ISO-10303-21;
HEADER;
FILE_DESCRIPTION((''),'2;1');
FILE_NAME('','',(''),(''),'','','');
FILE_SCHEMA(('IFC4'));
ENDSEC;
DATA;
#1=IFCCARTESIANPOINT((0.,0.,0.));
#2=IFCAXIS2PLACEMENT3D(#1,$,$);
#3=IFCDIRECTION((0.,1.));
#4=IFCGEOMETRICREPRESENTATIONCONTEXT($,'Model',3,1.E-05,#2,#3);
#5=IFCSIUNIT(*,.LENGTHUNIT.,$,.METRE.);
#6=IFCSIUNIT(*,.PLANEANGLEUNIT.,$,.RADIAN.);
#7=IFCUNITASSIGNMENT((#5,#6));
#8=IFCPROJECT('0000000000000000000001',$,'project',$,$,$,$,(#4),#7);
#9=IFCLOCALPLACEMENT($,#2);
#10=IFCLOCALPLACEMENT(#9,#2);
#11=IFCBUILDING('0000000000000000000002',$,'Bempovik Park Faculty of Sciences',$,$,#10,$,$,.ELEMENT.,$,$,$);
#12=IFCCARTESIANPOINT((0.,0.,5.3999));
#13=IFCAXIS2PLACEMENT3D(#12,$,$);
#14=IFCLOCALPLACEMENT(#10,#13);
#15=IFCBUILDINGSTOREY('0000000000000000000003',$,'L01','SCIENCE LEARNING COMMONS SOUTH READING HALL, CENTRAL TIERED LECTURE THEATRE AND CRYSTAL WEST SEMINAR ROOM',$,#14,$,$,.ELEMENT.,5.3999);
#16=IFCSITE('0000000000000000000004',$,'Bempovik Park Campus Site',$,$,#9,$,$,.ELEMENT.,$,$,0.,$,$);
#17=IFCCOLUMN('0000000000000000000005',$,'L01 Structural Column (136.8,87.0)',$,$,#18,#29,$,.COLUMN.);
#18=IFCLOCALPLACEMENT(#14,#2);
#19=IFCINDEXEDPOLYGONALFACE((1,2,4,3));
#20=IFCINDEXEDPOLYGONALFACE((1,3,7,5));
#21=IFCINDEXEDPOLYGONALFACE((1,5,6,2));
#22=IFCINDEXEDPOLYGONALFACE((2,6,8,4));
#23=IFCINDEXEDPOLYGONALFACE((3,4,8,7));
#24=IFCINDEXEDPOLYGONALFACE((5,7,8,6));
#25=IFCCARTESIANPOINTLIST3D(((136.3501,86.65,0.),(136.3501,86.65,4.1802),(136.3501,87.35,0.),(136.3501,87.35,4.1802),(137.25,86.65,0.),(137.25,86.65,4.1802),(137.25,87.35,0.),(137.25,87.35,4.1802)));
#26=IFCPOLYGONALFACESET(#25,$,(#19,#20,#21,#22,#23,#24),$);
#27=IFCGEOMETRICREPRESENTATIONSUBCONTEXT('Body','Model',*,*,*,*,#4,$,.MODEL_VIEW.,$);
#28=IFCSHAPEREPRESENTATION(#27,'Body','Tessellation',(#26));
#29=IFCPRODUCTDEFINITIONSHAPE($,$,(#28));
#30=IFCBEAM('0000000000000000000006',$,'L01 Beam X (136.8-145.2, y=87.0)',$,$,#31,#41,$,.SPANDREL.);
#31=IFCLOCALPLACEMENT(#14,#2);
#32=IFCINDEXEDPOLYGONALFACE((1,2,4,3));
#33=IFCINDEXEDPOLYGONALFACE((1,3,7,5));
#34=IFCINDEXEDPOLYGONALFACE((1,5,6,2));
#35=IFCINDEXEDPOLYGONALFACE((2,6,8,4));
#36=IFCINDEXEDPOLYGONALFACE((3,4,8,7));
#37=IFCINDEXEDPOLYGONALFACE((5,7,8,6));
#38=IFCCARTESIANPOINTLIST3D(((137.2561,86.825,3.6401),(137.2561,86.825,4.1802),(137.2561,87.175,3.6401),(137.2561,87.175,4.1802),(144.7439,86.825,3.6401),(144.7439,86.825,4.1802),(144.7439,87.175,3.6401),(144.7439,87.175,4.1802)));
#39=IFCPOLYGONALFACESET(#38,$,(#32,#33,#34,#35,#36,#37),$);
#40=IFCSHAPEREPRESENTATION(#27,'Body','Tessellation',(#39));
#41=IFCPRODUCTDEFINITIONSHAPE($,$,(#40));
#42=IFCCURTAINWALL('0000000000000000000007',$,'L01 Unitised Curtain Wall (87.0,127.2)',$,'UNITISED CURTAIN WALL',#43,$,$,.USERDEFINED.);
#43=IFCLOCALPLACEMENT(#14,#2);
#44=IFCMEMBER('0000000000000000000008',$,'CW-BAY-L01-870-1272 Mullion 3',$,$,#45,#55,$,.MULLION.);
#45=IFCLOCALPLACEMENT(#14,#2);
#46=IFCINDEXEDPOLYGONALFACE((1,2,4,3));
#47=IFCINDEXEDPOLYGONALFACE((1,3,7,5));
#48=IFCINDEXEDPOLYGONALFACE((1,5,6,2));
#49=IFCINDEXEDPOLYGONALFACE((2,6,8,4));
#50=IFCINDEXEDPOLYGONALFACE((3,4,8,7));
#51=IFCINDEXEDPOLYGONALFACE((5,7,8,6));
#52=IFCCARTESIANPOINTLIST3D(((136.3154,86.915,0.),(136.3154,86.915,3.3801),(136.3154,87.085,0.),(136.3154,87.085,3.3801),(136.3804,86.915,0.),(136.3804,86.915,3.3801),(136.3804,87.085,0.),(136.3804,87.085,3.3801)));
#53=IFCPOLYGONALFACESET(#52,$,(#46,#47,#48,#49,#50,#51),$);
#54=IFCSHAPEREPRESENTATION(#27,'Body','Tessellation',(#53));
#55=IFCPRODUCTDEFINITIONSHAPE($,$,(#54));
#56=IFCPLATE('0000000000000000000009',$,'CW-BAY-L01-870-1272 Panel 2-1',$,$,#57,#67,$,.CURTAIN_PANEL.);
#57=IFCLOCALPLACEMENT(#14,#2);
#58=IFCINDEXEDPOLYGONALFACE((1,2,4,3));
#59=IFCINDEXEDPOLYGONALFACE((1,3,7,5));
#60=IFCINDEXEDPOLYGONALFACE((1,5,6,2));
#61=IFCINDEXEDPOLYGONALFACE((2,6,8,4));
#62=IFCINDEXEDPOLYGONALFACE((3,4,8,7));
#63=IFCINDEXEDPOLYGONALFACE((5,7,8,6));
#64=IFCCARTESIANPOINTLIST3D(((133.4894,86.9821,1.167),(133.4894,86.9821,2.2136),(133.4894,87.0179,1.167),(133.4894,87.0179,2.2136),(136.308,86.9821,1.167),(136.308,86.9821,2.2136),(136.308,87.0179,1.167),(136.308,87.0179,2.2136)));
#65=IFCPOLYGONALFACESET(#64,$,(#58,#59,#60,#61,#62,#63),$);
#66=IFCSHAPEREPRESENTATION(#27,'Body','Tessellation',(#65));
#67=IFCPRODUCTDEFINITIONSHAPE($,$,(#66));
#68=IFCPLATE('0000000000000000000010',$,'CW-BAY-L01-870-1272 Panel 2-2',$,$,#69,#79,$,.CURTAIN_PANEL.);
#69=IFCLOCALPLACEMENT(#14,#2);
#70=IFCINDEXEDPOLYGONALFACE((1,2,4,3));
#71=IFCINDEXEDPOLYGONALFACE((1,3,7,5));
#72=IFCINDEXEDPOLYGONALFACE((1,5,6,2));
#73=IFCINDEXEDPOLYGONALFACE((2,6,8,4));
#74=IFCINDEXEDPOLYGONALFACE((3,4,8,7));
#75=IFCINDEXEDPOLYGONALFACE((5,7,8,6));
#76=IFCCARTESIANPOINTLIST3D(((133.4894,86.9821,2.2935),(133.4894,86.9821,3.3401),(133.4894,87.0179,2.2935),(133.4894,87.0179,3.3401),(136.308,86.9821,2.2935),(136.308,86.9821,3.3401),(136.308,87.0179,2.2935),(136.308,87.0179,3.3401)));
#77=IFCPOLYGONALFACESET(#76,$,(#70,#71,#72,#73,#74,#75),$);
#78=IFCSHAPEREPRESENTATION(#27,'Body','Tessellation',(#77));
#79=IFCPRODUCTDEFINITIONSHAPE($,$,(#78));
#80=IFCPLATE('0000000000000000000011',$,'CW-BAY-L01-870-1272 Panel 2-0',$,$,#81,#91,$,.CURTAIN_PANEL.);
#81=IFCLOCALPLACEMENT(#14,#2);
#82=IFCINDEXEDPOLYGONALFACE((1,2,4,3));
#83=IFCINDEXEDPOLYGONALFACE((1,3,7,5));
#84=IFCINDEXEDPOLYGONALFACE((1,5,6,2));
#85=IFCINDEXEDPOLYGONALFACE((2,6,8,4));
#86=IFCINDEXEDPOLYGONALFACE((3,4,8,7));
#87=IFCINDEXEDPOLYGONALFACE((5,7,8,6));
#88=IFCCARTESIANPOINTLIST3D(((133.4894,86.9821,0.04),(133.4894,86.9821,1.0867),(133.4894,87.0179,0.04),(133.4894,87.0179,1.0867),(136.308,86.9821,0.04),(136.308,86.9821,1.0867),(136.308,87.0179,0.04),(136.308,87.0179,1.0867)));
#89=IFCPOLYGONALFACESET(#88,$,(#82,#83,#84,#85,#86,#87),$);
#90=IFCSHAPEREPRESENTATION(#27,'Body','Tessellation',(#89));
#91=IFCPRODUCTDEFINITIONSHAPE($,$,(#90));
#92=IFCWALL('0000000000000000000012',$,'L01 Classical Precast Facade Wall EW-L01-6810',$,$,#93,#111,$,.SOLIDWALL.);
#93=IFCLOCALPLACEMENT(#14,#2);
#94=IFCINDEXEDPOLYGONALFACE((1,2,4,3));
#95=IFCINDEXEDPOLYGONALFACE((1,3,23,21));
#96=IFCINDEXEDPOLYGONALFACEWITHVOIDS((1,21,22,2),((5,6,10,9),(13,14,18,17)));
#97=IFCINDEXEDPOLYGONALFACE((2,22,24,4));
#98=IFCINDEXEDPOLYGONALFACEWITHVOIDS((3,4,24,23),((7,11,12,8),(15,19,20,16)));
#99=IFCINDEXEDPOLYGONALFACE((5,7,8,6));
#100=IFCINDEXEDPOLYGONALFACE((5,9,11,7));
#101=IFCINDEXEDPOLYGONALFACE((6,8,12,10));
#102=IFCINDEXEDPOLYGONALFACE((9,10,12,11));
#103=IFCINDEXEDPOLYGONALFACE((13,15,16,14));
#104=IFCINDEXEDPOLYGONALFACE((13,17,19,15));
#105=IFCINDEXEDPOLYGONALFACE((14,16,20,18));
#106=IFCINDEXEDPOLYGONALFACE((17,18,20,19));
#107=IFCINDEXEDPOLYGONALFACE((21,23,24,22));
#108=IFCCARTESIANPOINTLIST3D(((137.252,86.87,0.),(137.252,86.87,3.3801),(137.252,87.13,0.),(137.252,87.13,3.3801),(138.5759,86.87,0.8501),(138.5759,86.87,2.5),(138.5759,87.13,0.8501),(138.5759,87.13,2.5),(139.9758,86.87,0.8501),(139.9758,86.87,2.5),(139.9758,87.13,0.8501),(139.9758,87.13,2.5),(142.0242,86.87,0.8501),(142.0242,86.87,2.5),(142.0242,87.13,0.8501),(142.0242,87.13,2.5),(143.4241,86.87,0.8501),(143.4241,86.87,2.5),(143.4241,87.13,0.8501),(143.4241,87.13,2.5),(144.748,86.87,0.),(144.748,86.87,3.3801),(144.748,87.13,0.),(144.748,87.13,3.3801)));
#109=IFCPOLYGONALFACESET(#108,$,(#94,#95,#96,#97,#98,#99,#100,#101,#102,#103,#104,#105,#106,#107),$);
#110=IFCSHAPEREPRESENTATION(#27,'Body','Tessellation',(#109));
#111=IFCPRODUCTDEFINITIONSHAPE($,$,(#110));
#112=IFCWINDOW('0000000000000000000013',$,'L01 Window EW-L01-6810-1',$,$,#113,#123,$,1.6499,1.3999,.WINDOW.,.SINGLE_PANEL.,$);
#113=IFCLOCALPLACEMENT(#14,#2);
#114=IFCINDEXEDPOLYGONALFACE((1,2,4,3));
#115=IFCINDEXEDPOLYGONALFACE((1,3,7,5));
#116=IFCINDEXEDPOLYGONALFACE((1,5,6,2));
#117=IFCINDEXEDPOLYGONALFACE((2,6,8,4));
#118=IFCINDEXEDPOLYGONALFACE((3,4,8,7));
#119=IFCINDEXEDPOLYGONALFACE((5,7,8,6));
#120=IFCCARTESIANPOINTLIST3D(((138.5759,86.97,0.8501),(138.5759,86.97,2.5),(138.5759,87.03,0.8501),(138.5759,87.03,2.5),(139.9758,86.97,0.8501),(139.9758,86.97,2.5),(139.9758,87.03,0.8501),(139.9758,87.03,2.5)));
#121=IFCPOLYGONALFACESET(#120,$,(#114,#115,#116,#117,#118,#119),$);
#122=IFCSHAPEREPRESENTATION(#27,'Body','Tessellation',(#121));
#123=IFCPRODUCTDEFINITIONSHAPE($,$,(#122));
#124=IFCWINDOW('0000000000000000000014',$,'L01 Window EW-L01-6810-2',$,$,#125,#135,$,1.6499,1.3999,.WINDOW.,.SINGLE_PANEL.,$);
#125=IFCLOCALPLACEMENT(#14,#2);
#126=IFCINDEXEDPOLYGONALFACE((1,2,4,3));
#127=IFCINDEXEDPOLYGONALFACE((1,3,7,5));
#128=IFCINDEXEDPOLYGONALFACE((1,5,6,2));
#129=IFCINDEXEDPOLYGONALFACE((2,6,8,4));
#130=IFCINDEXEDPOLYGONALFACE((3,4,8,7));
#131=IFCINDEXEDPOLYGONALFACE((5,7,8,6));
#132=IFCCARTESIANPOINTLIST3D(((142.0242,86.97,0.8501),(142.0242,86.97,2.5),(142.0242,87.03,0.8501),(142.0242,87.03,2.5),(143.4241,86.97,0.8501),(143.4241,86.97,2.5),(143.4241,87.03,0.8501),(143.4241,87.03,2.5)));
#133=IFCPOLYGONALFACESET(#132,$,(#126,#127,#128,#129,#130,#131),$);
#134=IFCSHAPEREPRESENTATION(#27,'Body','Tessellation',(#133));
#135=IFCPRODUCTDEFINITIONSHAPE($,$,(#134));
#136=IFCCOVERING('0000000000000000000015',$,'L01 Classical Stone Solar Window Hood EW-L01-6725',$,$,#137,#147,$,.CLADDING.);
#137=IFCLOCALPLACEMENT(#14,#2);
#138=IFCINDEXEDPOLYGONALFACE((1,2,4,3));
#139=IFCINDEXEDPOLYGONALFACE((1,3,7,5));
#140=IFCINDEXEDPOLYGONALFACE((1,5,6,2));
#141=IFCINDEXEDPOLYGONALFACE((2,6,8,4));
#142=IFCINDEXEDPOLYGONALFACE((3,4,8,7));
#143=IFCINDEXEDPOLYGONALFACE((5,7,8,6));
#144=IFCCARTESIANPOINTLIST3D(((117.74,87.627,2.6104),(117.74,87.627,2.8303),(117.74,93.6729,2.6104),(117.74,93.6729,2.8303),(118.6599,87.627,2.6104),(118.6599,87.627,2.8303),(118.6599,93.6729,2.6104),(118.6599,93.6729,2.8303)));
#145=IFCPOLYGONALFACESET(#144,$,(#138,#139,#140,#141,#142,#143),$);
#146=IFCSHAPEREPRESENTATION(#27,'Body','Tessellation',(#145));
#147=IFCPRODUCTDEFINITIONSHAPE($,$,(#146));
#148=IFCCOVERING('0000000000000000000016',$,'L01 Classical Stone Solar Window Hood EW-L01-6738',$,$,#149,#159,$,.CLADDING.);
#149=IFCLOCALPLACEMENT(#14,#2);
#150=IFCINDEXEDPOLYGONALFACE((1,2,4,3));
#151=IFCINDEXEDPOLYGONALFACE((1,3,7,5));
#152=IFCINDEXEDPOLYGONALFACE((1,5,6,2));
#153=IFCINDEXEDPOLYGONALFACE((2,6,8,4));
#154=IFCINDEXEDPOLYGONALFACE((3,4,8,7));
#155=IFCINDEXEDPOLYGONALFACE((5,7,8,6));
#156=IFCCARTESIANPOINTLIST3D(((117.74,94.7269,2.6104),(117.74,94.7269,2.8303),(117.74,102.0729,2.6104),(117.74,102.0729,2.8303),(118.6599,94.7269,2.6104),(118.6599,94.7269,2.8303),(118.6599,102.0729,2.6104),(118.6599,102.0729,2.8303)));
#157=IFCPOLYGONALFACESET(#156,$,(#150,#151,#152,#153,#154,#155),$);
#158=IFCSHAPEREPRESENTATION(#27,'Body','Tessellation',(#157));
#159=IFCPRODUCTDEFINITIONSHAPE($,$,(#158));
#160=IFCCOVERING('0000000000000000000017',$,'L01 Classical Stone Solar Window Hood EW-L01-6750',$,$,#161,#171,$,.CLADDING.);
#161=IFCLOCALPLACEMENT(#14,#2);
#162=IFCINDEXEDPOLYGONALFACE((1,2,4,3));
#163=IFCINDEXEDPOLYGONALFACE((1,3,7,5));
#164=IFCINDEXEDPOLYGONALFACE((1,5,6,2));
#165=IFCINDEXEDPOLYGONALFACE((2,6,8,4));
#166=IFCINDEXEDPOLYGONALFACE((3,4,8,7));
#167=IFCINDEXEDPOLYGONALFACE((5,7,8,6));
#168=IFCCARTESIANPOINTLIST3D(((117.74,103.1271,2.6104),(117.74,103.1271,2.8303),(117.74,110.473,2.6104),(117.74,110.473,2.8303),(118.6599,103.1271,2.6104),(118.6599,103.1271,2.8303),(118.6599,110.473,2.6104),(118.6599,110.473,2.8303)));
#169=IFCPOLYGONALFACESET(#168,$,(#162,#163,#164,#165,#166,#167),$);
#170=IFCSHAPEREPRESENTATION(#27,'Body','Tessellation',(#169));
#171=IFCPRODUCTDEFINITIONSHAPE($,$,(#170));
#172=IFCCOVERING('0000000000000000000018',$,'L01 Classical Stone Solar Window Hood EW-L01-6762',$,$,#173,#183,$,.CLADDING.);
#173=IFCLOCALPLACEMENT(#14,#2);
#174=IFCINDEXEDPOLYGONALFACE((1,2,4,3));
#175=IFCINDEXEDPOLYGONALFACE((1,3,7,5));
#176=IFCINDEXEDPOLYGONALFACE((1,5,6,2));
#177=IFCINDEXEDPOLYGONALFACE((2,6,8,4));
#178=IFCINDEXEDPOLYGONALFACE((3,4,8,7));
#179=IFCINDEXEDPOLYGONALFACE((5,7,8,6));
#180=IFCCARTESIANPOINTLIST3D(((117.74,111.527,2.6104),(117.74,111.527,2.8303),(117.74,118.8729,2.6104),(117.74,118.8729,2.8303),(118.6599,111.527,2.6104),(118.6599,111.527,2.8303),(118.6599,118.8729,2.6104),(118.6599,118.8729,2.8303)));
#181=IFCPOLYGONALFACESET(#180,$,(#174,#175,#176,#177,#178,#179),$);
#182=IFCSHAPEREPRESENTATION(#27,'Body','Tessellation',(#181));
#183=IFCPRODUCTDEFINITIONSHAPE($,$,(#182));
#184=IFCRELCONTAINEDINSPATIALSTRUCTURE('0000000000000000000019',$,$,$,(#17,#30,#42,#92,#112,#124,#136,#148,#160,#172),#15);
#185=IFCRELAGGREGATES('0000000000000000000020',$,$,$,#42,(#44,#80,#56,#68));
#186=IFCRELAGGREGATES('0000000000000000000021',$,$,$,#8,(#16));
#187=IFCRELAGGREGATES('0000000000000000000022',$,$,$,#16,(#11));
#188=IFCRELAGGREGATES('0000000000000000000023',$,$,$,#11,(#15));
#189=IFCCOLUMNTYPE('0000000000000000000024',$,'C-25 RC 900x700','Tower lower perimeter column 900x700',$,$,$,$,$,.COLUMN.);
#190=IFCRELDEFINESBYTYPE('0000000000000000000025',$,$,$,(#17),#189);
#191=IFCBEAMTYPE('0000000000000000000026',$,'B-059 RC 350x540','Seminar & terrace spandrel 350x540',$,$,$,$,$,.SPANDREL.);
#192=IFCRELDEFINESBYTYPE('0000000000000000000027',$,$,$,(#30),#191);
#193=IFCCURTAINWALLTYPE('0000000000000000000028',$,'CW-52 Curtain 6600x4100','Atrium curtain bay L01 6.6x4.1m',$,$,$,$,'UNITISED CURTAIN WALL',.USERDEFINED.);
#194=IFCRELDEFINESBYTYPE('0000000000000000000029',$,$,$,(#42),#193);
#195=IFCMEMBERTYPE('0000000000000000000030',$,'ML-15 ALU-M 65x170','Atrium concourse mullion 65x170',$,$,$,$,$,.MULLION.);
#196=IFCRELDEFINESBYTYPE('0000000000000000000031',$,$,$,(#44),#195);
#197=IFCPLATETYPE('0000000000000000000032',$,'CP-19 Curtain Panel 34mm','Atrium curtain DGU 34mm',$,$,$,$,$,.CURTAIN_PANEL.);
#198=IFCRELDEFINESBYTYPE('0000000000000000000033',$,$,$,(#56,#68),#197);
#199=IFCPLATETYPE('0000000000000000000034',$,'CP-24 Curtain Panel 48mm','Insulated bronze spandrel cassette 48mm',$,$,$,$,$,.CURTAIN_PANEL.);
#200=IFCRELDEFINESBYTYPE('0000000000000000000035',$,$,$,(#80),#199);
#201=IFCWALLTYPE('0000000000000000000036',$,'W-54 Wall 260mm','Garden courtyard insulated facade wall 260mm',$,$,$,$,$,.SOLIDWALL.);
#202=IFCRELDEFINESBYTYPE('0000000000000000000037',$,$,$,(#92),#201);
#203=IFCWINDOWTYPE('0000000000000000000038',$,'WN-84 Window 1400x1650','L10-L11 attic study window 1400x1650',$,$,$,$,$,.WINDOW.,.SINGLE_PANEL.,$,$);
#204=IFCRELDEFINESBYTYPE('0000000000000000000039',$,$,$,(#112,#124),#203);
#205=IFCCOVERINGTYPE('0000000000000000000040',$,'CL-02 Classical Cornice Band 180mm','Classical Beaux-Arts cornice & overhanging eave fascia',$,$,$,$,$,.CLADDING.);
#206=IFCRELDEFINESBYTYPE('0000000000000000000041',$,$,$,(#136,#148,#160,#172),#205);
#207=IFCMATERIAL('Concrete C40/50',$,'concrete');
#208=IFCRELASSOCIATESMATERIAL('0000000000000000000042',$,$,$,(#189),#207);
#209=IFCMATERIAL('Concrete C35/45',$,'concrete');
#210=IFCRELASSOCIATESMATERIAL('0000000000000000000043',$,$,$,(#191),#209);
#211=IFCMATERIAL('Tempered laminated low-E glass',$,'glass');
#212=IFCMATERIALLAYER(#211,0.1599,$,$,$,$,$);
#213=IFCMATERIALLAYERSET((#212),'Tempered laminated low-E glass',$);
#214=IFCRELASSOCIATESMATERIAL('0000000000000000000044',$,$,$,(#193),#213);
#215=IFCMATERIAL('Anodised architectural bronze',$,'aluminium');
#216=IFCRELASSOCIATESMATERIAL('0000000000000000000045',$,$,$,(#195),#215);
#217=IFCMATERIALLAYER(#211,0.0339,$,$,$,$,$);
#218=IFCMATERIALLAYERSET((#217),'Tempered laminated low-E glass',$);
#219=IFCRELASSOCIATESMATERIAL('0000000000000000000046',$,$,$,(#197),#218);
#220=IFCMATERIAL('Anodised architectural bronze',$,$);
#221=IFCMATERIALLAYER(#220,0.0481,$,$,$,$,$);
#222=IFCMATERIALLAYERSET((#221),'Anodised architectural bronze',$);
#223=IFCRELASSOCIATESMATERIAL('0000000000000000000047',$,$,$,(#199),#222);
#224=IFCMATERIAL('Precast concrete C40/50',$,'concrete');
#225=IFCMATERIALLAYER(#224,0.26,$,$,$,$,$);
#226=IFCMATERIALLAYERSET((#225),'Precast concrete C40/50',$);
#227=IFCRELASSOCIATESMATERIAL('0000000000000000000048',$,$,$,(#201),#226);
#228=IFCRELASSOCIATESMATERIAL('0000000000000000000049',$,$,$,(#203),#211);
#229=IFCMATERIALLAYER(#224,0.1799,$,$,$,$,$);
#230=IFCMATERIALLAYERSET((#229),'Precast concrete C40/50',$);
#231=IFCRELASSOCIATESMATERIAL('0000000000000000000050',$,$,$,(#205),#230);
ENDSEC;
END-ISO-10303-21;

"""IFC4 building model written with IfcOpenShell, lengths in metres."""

from ifc_helpers import new_model, si_unit, direction, frame, frame_2d, origin, origin_2d, place, context, subcontext, project, spatial, rectangle, extrude, material, layer, layer_set, material_profile, profile_set, type_object, element, fill, aggregate, save


model = new_model("IFC4")

# Units and contexts
model_context = context("Model", 3, precision=1e-05, world=origin(), true_north=direction((0.0, 1.0)))
body_context = subcontext(model_context, "Body", "Model", "MODEL_VIEW")
ifc_project = project(units=[si_unit("LENGTHUNIT", "METRE"), si_unit("PLANEANGLEUNIT", "RADIAN")], contexts=[model_context])

# Site, building, storey
site_placement = place(None, origin())
site = spatial("IfcSite", under=ifc_project, at=site_placement, Name="Bempovik Park Campus Site", CompositionType="ELEMENT", RefElevation=0.0)
building_placement = place(site_placement, origin())
building = spatial("IfcBuilding", under=site, at=building_placement, Name="Bempovik Park Faculty of Sciences", CompositionType="ELEMENT")
storey_placement = place(building_placement, frame((0.0, 0.0, 5.3999)))
storey = spatial("IfcBuildingStorey", under=building, at=storey_placement, Name="L01", Description="SCIENCE LEARNING COMMONS SOUTH READING HALL, CENTRAL TIERED LECTURE THEATRE AND CRYSTAL WEST SEMINAR ROOM", CompositionType="ELEMENT", Elevation=5.3999)

# Column
ifc_material_1 = material(Name="Concrete C40/50", Category="concrete")
ifc_material_profile_1 = material_profile(ifc_material_1, rectangle(XDim=0.8999, YDim=0.7, at=origin_2d()), Name="RC 900x700")
ifc_profile_set_1 = profile_set([ifc_material_profile_1], Name="Concrete C40/50")
column_type = type_object("IfcColumnType", Name="C-25 RC 900x700", Description="Tower lower perimeter column 900x700", PredefinedType="COLUMN", material=ifc_profile_set_1)
column_placement = place(storey_placement, frame((136.8, 87.0, 0.0), z_axis=(0.0, 0.0, 1.0), x_axis=(1.0, 0.0, 0.0)))
element("IfcColumn", 1, at=column_placement, inside=storey, type_object=column_type, Name="L01 Structural Column (136.8,87.0)", PredefinedType="COLUMN", context=body_context, shape_type="SweptSolid", body=[
    extrude(rectangle(XDim=0.8999, YDim=0.7, at=origin_2d()), origin(), (0.0, 0.0, 1.0), 4.1802),
])

# Beam
ifc_material_2 = material(Name="Concrete C35/45", Category="concrete")
ifc_material_profile_2 = material_profile(ifc_material_2, rectangle(XDim=0.3501, YDim=0.54, at=origin_2d()), Name="RC 350x540")
ifc_profile_set_2 = profile_set([ifc_material_profile_2], Name="Concrete C35/45")
beam_type = type_object("IfcBeamType", Name="B-059 RC 350x540", Description="Seminar & terrace spandrel 350x540", PredefinedType="SPANDREL", material=ifc_profile_set_2)
beam_placement = place(storey_placement, frame((137.2561, 87.0, 3.9102), z_axis=(1.0, 0.0, 0.0), x_axis=(0.0, 1.0, 0.0)))
element("IfcBeam", 2, at=beam_placement, inside=storey, type_object=beam_type, Name="L01 Beam X (136.8-145.2, y=87.0)", PredefinedType="SPANDREL", context=body_context, shape_type="SweptSolid", body=[
    extrude(rectangle(XDim=0.3501, YDim=0.54, at=origin_2d()), origin(), (0.0, 0.0, 1.0), 7.4878),
])

# Curtain wall, member, plates
ifc_material_3 = material(Name="Tempered laminated low-E glass", Category="glass")
ifc_layer_1 = layer(ifc_material_3, 0.1599)
ifc_layer_set_1 = layer_set([ifc_layer_1], Name="Tempered laminated low-E glass")
curtain_wall_type = type_object("IfcCurtainWallType", Name="CW-52 Curtain 6600x4100", Description="Atrium curtain bay L01 6.6x4.1m", ElementType="UNITISED CURTAIN WALL", PredefinedType="USERDEFINED", material=ifc_layer_set_1)
curtain_wall_placement = place(storey_placement, origin())
curtain_wall = element("IfcCurtainWall", 3, at=curtain_wall_placement, inside=storey, type_object=curtain_wall_type, Name="L01 Unitised Curtain Wall (87.0,127.2)", ObjectType="UNITISED CURTAIN WALL", PredefinedType="USERDEFINED")
ifc_material_4 = material(Name="Anodised architectural bronze", Category="aluminium")
ifc_material_profile_3 = material_profile(ifc_material_4, rectangle(XDim=0.0649, YDim=0.1699, at=origin_2d()), Name="ALU-M 65x170")
ifc_profile_set_3 = profile_set([ifc_material_profile_3], Name="Anodised architectural bronze")
member_type = type_object("IfcMemberType", Name="ML-15 ALU-M 65x170", Description="Atrium concourse mullion 65x170", PredefinedType="MULLION", material=ifc_profile_set_3)
member_placement = place(storey_placement, frame((136.3479, 87.0, 0.0), z_axis=(0.0, 0.0, 1.0), x_axis=(1.0, 0.0, 0.0)))
member = element("IfcMember", 4, at=member_placement, type_object=member_type, Name="CW-BAY-L01-870-1272 Mullion 3", PredefinedType="MULLION", context=body_context, shape_type="SweptSolid", body=[
    extrude(rectangle(XDim=0.0649, YDim=0.1699, at=origin_2d()), origin(), (0.0, 0.0, 1.0), 3.3801),
])
ifc_layer_2 = layer(ifc_material_3, 0.0339)
ifc_layer_set_2 = layer_set([ifc_layer_2], Name="Tempered laminated low-E glass")
plate_type_1 = type_object("IfcPlateType", Name="CP-19 Curtain Panel 34mm", Description="Atrium curtain DGU 34mm", PredefinedType="CURTAIN_PANEL", material=ifc_layer_set_2)
plate_1_placement = place(storey_placement, frame((134.8987, 87.0, 1.167), z_axis=(0.0, 0.0, 1.0), x_axis=(1.0, 0.0, 0.0)))
plate_1 = element("IfcPlate", 5, at=plate_1_placement, type_object=plate_type_1, Name="CW-BAY-L01-870-1272 Panel 2-1", PredefinedType="CURTAIN_PANEL", context=body_context, shape_type="SweptSolid", body=[
    extrude(rectangle(XDim=2.8186, YDim=0.0359, at=origin_2d()), origin(), (0.0, 0.0, 1.0), 1.0466),
])
plate_2_placement = place(storey_placement, frame((134.8987, 87.0, 2.2935), z_axis=(0.0, 0.0, 1.0), x_axis=(1.0, 0.0, 0.0)))
plate_2 = element("IfcPlate", 6, at=plate_2_placement, type_object=plate_type_1, Name="CW-BAY-L01-870-1272 Panel 2-2", PredefinedType="CURTAIN_PANEL", context=body_context, shape_type="SweptSolid", body=[
    extrude(rectangle(XDim=2.8186, YDim=0.0359, at=origin_2d()), origin(), (0.0, 0.0, 1.0), 1.0466),
])
ifc_material_5 = material(Name="Anodised architectural bronze")
ifc_layer_3 = layer(ifc_material_5, 0.0481)
ifc_layer_set_3 = layer_set([ifc_layer_3], Name="Anodised architectural bronze")
plate_type_2 = type_object("IfcPlateType", Name="CP-24 Curtain Panel 48mm", Description="Insulated bronze spandrel cassette 48mm", PredefinedType="CURTAIN_PANEL", material=ifc_layer_set_3)
plate_3_placement = place(storey_placement, frame((134.8987, 87.0, 0.04), z_axis=(0.0, 0.0, 1.0), x_axis=(1.0, 0.0, 0.0)))
plate_3 = element("IfcPlate", 7, at=plate_3_placement, type_object=plate_type_2, Name="CW-BAY-L01-870-1272 Panel 2-0", PredefinedType="CURTAIN_PANEL", context=body_context, shape_type="SweptSolid", body=[
    extrude(rectangle(XDim=2.8186, YDim=0.0359, at=origin_2d()), origin(), (0.0, 0.0, 1.0), 1.0466),
])
aggregate(curtain_wall, [member, plate_3, plate_1, plate_2])

# Wall, openings, windows
ifc_material_6 = material(Name="Precast concrete C40/50", Category="concrete")
ifc_layer_4 = layer(ifc_material_6, 0.26)
ifc_layer_set_4 = layer_set([ifc_layer_4], Name="Precast concrete C40/50")
wall_type = type_object("IfcWallType", Name="W-54 Wall 260mm", Description="Garden courtyard insulated facade wall 260mm", PredefinedType="SOLIDWALL", material=ifc_layer_set_4)
wall_placement = place(storey_placement, frame((137.252, 87.0, 0.0), z_axis=(0.0, 0.0, 1.0), x_axis=(1.0, 0.0, 0.0)))
wall = element("IfcWall", 8, at=wall_placement, inside=storey, type_object=wall_type, Name="L01 Classical Precast Facade Wall EW-L01-6810", PredefinedType="SOLIDWALL", context=body_context, shape_type="SweptSolid", body=[
    extrude(rectangle(XDim=7.4961, YDim=0.26, at=frame_2d((3.748, 0.0))), origin(), (0.0, 0.0, 1.0), 3.3801),
])
opening_1_placement = place(wall_placement, frame((1.324, 0.0, 0.8501)))
opening_1 = element("IfcOpeningElement", 9, at=opening_1_placement, cuts=wall, PredefinedType="OPENING", context=body_context, shape_type="SweptSolid", body=[
    extrude(rectangle(XDim=1.3999, YDim=1.6499, at=frame_2d((0.7, 0.825))), frame((0.0, 0.1401, 0.0), z_axis=(0.0, -1.0, 0.0), x_axis=(1.0, 0.0, 0.0)), (0.0, 0.0, 1.0), 0.28),
])
opening_2_placement = place(wall_placement, frame((4.7722, 0.0, 0.8501)))
opening_2 = element("IfcOpeningElement", 10, at=opening_2_placement, cuts=wall, PredefinedType="OPENING", context=body_context, shape_type="SweptSolid", body=[
    extrude(rectangle(XDim=1.3999, YDim=1.6499, at=frame_2d((0.7, 0.825))), frame((0.0, 0.1401, 0.0), z_axis=(0.0, -1.0, 0.0), x_axis=(1.0, 0.0, 0.0)), (0.0, 0.0, 1.0), 0.28),
])
window_type = type_object("IfcWindowType", Name="WN-84 Window 1400x1650", Description="L10-L11 attic study window 1400x1650", PartitioningType="SINGLE_PANEL", PredefinedType="WINDOW", material=ifc_material_3)
window_1_placement = place(opening_1_placement, origin())
window_1 = element("IfcWindow", 11, at=window_1_placement, inside=storey, type_object=window_type, Name="L01 Window EW-L01-6810-1", OverallHeight=1.6499, OverallWidth=1.3999, PartitioningType="SINGLE_PANEL", PredefinedType="WINDOW", context=body_context, shape_type="SweptSolid", body=[
    extrude(rectangle(XDim=1.3999, YDim=1.6499, at=frame_2d((0.7, 0.825))), frame((0.0, 0.03, 0.0), z_axis=(0.0, -1.0, 0.0), x_axis=(1.0, 0.0, 0.0)), (0.0, 0.0, 1.0), 0.0601),
])
fill(opening_1, window_1)
window_2_placement = place(opening_2_placement, origin())
window_2 = element("IfcWindow", 12, at=window_2_placement, inside=storey, type_object=window_type, Name="L01 Window EW-L01-6810-2", OverallHeight=1.6499, OverallWidth=1.3999, PartitioningType="SINGLE_PANEL", PredefinedType="WINDOW", context=body_context, shape_type="SweptSolid", body=[
    extrude(rectangle(XDim=1.3999, YDim=1.6499, at=frame_2d((0.7, 0.825))), frame((0.0, 0.03, 0.0), z_axis=(0.0, -1.0, 0.0), x_axis=(1.0, 0.0, 0.0)), (0.0, 0.0, 1.0), 0.0601),
])
fill(opening_2, window_2)

# Coverings
ifc_layer_5 = layer(ifc_material_6, 0.1799)
ifc_layer_set_5 = layer_set([ifc_layer_5], Name="Precast concrete C40/50")
covering_type_1 = type_object("IfcCoveringType", Name="CL-02 Classical Cornice Band 180mm", Description="Classical Beaux-Arts cornice & overhanging eave fascia", PredefinedType="CLADDING", material=ifc_layer_set_5)
covering_1_placement = place(storey_placement, frame((118.2, 90.6499, 2.6104), z_axis=(0.0, 0.0, 1.0), x_axis=(1.0, 0.0, 0.0)))
element("IfcCovering", 13, at=covering_1_placement, inside=storey, type_object=covering_type_1, Name="L01 Classical Stone Solar Window Hood EW-L01-6725", PredefinedType="CLADDING", context=body_context, shape_type="SweptSolid", body=[
    extrude(rectangle(XDim=0.9199, YDim=6.0459, at=origin_2d()), origin(), (0.0, 0.0, 1.0), 0.22),
])
for number, where, z_axis, x_axis, name in (
    (14, (118.2, 98.3999, 2.6104), (0.0, 0.0, 1.0), (1.0, 0.0, 0.0), "L01 Classical Stone Solar Window Hood EW-L01-6738"),
    (15, (118.2, 106.8, 2.6104), (0.0, 0.0, 1.0), (1.0, 0.0, 0.0), "L01 Classical Stone Solar Window Hood EW-L01-6750"),
    (16, (118.2, 115.2, 2.6104), (0.0, 0.0, 1.0), (1.0, 0.0, 0.0), "L01 Classical Stone Solar Window Hood EW-L01-6762"),
):
    element("IfcCovering", number, at=place(storey_placement, frame(where, z_axis=z_axis, x_axis=x_axis)), inside=storey, type_object=covering_type_1, Name=name, PredefinedType="CLADDING", context=body_context, shape_type="SweptSolid", body=[
        extrude(rectangle(XDim=0.9199, YDim=7.3459, at=origin_2d()), origin(), (0.0, 0.0, 1.0), 0.22),
    ])

save(model, "model.ifc")
